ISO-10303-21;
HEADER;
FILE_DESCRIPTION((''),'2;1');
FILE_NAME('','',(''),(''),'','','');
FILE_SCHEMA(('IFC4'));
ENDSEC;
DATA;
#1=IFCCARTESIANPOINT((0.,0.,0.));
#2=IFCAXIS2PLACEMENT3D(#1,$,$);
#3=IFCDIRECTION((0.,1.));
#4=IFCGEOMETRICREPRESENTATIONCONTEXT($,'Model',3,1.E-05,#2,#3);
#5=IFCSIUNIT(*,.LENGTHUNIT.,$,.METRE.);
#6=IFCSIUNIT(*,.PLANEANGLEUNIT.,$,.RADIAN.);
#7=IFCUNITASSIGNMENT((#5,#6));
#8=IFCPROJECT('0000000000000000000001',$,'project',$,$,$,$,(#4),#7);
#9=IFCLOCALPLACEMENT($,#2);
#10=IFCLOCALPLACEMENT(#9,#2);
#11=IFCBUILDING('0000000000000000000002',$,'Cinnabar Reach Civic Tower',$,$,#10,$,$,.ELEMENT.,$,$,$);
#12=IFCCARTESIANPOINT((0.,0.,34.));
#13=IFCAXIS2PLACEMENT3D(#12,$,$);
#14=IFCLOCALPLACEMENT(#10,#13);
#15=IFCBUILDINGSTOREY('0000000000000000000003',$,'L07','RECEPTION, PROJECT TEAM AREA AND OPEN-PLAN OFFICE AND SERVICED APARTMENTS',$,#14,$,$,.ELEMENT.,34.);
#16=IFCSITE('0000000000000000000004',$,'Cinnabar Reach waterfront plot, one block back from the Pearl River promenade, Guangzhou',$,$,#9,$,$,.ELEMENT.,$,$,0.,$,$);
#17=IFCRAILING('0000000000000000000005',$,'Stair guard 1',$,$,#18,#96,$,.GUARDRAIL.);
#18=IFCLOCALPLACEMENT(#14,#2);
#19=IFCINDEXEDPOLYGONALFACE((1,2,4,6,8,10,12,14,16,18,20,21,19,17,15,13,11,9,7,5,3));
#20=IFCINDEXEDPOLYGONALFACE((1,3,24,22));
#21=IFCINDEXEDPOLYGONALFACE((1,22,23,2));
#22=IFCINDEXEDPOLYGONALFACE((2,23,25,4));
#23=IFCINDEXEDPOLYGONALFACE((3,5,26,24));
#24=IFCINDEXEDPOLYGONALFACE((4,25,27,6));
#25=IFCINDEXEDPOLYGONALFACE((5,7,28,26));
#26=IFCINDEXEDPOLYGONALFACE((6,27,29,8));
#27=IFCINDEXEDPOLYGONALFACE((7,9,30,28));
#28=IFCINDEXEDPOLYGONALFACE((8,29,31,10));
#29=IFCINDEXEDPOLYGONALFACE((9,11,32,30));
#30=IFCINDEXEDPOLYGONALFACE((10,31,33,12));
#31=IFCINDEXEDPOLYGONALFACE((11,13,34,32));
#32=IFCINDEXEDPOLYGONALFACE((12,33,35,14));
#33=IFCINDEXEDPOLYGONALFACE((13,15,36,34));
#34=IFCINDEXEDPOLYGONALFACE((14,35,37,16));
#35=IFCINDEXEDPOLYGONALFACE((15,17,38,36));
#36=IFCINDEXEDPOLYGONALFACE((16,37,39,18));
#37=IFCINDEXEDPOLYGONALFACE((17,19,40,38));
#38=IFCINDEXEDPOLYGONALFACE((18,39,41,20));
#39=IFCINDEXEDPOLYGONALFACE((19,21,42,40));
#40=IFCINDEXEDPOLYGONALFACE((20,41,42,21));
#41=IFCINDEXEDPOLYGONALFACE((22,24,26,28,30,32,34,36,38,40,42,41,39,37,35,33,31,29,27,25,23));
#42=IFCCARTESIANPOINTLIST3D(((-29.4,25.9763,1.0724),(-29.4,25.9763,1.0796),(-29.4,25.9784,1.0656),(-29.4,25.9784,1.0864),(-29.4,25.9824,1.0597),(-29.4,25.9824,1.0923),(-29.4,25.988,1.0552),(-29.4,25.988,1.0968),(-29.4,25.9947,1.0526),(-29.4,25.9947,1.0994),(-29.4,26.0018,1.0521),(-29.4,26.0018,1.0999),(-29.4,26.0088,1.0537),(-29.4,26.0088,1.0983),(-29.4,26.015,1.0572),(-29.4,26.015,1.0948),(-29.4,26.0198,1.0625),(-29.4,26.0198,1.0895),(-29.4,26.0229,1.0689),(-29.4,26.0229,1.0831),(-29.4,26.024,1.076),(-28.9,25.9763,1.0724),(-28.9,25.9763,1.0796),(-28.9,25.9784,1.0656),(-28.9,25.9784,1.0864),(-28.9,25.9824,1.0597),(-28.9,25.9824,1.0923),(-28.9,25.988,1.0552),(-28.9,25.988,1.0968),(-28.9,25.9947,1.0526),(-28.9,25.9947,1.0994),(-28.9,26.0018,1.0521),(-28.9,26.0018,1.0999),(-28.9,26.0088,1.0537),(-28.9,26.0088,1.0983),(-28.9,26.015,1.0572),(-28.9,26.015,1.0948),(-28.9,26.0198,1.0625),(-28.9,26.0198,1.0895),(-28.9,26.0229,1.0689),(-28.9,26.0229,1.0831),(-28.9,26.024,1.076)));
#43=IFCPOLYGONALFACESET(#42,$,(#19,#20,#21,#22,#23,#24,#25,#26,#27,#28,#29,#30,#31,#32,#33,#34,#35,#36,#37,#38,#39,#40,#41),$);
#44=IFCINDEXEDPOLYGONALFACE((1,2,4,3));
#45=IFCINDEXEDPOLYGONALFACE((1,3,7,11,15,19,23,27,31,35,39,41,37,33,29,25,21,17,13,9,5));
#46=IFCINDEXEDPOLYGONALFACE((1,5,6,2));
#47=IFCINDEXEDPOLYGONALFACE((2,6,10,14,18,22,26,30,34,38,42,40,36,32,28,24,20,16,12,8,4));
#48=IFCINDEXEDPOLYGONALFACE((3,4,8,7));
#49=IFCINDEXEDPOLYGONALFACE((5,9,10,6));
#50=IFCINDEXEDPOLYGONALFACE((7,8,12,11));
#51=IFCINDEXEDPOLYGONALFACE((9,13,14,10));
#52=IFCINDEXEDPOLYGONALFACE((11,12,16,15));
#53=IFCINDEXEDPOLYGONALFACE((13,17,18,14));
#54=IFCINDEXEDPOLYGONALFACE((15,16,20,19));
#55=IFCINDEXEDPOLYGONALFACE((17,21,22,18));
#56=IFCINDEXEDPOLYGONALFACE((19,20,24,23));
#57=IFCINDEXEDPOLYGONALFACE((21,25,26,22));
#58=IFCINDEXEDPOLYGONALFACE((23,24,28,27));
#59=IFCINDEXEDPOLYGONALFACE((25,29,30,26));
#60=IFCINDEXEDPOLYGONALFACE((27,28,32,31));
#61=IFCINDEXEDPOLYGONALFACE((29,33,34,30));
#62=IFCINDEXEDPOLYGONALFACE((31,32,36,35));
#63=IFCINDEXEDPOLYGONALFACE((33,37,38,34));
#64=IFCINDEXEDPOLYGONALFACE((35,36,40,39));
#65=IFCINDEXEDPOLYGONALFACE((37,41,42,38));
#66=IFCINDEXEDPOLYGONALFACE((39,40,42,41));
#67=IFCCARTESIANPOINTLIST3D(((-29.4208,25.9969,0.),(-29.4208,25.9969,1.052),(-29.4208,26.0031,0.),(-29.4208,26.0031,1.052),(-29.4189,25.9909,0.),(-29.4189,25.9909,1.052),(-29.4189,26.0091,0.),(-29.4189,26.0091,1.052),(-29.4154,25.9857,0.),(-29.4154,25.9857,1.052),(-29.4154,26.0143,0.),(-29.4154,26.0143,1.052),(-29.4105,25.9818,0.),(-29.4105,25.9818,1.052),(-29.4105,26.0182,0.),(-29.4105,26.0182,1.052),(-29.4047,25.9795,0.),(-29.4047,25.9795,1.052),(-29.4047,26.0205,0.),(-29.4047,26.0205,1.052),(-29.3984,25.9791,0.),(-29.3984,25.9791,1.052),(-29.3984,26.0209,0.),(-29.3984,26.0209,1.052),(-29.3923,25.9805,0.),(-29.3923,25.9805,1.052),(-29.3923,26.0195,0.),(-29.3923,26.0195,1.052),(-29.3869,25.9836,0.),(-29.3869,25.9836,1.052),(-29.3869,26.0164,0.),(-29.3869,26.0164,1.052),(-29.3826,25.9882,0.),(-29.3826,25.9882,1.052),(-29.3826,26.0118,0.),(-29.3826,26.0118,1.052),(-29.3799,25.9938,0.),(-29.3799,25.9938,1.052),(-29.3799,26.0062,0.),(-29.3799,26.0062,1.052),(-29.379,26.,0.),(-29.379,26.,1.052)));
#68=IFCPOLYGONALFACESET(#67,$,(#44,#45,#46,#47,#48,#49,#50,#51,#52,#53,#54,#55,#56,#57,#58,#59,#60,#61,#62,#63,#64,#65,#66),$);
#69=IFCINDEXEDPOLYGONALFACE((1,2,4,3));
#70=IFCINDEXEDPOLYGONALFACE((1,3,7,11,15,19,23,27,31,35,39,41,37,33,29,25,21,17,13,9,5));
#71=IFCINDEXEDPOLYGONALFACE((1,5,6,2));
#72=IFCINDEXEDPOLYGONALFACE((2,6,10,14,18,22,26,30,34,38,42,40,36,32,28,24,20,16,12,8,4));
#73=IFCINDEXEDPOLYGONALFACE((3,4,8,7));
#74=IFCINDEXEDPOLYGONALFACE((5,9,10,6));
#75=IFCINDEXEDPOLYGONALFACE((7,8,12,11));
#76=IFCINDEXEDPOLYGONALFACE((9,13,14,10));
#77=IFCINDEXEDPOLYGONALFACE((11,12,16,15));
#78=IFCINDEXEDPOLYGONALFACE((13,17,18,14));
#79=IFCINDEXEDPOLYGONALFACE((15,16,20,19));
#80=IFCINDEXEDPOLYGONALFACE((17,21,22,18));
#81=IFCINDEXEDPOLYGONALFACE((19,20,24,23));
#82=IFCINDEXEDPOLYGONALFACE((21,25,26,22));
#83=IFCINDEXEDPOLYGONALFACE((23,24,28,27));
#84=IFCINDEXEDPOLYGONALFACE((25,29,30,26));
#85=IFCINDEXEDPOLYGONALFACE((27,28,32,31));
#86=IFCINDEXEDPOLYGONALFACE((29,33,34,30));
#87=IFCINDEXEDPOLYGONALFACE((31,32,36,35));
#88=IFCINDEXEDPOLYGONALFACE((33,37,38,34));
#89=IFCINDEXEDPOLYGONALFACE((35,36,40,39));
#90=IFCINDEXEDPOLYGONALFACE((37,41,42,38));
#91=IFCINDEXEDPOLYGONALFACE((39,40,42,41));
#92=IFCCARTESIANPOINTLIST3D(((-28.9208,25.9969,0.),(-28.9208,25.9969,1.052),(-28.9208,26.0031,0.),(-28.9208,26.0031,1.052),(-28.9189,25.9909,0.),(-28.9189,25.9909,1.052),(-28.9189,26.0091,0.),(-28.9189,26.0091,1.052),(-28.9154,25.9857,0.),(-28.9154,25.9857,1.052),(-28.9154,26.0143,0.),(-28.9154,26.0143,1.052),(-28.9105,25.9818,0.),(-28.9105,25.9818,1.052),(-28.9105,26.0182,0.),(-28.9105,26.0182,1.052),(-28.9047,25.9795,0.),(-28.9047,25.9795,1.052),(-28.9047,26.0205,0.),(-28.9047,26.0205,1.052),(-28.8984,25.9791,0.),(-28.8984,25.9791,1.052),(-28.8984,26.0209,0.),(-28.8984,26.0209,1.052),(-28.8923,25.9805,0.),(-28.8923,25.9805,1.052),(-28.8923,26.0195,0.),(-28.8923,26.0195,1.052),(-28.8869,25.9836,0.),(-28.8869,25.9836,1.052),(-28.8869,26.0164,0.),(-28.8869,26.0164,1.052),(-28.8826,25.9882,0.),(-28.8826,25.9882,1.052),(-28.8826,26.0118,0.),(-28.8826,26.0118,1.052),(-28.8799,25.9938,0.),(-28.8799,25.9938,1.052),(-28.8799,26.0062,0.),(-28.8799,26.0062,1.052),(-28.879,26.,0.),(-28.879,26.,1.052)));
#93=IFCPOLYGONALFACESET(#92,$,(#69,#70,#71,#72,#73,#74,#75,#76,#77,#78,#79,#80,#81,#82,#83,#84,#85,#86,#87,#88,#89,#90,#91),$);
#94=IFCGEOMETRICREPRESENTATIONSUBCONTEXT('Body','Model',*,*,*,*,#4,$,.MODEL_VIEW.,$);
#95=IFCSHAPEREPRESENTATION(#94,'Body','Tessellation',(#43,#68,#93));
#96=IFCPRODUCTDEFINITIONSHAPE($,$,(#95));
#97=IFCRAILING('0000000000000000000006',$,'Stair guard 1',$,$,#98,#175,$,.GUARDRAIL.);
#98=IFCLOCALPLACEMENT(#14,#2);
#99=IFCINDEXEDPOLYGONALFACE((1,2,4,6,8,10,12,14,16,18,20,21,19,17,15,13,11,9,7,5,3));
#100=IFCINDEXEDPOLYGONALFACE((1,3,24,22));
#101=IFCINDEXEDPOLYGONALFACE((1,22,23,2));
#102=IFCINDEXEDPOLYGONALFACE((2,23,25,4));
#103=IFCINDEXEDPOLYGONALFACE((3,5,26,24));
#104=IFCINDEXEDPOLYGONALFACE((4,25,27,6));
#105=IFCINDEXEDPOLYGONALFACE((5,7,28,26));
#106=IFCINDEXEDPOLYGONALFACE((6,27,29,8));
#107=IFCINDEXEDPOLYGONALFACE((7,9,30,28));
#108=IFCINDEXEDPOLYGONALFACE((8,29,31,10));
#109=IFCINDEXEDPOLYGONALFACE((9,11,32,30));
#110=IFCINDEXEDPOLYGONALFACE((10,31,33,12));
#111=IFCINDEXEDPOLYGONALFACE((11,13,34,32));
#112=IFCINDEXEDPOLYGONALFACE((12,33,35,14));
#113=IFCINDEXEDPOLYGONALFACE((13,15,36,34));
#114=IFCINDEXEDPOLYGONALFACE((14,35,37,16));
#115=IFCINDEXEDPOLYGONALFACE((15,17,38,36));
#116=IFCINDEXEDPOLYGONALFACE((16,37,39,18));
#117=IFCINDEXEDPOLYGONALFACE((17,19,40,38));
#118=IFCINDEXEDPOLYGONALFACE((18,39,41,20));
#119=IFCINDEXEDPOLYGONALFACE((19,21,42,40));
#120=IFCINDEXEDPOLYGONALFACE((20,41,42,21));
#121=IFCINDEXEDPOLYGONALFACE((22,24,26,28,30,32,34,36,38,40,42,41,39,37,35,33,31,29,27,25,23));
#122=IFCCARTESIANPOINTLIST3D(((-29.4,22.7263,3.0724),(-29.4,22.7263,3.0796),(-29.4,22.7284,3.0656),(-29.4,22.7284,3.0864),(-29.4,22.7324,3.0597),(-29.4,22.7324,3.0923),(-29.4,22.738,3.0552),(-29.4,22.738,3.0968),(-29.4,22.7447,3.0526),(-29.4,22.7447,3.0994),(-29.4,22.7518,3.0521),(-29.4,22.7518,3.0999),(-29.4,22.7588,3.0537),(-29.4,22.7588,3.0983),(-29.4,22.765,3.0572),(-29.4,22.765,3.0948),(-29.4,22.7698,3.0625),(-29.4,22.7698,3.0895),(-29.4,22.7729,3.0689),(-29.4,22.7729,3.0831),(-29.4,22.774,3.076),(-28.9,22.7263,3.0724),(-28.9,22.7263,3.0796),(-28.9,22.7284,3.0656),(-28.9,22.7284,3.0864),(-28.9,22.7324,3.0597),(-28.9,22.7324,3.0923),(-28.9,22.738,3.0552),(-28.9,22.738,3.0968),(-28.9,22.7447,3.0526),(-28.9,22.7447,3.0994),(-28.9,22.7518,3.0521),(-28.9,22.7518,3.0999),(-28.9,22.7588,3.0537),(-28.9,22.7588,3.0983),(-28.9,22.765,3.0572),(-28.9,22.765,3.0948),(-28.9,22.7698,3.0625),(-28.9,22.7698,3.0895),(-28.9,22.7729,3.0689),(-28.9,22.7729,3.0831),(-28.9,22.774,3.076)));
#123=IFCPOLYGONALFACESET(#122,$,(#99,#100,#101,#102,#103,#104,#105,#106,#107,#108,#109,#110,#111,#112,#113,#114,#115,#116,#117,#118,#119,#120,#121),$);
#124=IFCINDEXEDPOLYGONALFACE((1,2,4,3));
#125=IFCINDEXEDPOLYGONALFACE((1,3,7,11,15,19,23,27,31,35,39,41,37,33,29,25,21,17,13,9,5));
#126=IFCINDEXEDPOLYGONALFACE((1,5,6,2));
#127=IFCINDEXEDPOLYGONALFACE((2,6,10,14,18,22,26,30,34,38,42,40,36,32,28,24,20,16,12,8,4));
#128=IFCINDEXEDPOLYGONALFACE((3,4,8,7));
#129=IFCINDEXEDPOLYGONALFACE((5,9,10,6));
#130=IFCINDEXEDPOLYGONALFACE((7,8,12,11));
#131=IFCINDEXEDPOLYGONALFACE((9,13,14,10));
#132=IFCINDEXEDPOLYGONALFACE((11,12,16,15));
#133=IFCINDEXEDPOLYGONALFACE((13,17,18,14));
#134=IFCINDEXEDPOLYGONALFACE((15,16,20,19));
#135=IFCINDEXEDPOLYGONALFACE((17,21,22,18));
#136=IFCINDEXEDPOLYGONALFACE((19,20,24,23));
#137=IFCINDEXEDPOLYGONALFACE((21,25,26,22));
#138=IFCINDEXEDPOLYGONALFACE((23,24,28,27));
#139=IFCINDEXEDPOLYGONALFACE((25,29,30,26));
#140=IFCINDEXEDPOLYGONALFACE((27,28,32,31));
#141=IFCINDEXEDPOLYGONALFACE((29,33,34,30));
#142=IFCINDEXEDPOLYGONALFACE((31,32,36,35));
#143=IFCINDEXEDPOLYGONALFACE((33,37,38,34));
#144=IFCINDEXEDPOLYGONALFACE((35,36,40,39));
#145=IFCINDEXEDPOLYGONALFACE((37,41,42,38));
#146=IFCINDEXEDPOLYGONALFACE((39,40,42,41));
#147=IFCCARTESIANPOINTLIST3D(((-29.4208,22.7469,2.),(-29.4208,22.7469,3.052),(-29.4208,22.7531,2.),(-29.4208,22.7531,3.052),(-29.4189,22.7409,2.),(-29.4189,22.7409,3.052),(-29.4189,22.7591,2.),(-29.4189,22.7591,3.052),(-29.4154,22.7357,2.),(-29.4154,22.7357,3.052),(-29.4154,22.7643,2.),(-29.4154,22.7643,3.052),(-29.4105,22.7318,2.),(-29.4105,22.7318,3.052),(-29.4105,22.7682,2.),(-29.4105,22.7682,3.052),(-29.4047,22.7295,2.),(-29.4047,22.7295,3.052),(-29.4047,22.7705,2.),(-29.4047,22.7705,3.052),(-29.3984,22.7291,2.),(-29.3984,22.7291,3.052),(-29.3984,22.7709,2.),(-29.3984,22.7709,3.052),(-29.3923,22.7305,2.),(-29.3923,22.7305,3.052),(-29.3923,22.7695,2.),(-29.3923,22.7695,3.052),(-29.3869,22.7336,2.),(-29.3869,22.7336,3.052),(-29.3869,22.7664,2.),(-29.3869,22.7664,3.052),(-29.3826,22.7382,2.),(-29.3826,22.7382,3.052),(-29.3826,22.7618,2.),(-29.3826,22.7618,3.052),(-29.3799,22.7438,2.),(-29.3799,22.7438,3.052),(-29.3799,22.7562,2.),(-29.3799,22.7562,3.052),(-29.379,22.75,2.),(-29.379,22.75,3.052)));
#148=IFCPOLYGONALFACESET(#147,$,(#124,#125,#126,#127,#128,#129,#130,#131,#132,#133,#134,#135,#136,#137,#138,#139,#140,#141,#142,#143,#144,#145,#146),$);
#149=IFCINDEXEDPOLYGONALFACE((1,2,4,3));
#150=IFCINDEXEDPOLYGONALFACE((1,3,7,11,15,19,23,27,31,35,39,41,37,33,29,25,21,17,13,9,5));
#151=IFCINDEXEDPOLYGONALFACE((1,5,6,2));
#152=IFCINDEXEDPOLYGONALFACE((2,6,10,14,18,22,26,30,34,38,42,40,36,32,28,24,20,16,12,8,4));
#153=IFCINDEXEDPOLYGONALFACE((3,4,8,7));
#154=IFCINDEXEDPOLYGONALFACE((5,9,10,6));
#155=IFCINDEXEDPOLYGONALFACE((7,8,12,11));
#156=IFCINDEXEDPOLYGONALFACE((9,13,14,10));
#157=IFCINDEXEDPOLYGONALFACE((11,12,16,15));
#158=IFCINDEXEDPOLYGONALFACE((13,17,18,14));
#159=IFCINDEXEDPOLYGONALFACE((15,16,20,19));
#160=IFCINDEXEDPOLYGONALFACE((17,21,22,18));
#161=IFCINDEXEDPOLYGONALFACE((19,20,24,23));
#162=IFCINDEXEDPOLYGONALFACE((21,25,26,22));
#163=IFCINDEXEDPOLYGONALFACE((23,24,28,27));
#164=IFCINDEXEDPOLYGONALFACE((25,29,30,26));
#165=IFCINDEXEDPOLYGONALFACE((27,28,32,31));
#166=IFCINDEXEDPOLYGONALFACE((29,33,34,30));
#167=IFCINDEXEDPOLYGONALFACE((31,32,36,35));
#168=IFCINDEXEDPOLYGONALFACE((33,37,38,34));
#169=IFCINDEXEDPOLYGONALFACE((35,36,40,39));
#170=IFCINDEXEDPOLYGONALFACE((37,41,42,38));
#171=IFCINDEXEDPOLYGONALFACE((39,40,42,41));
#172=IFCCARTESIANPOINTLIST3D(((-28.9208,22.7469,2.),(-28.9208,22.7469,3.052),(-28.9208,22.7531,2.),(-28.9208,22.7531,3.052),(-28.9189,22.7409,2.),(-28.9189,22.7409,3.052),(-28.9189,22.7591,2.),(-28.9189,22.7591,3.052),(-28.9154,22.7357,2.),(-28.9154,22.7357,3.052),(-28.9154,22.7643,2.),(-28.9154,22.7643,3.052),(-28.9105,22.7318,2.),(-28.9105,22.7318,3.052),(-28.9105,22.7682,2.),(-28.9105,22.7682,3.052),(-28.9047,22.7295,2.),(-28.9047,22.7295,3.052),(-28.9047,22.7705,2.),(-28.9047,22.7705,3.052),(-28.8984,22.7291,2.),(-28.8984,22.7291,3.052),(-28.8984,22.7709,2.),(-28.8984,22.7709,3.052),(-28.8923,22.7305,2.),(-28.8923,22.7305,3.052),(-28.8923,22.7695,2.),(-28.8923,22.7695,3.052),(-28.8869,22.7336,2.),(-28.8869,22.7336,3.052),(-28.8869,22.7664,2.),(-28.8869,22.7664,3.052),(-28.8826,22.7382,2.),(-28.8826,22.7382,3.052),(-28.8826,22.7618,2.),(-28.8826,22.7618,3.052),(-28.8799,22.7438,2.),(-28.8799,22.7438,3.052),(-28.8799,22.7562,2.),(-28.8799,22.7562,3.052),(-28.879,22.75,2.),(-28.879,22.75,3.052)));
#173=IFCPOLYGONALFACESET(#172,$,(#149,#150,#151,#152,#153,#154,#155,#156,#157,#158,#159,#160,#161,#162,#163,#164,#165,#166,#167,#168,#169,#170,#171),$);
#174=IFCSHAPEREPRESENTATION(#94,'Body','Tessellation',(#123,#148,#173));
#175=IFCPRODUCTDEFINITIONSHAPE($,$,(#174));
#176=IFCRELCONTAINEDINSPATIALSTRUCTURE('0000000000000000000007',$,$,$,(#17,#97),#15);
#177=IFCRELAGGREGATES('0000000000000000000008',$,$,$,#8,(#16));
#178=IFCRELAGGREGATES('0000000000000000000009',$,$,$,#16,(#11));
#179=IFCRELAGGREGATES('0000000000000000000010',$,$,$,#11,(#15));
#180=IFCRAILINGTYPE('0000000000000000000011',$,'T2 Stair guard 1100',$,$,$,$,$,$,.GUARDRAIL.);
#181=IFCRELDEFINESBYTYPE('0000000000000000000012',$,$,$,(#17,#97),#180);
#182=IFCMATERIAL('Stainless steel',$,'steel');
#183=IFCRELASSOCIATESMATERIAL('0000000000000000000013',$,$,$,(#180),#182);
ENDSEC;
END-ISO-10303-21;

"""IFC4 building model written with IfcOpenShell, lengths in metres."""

from ifc_helpers import new_model, si_unit, direction, frame, origin, origin_2d, place, context, subcontext, project, spatial, circle, extrude, material, type_object, element, save


model = new_model("IFC4")

# Units and contexts
model_context = context("Model", 3, precision=1e-05, world=origin(), true_north=direction((0.0, 1.0)))
body_context = subcontext(model_context, "Body", "Model", "MODEL_VIEW")
ifc_project = project(units=[si_unit("LENGTHUNIT", "METRE"), si_unit("PLANEANGLEUNIT", "RADIAN")], contexts=[model_context])

# Site, building, storey
site_placement = place(None, origin())
site = spatial("IfcSite", under=ifc_project, at=site_placement, Name="Cinnabar Reach waterfront plot, one block back from the Pearl River promenade, Guangzhou", CompositionType="ELEMENT", RefElevation=0.0)
building_placement = place(site_placement, origin())
building = spatial("IfcBuilding", under=site, at=building_placement, Name="Cinnabar Reach Civic Tower", CompositionType="ELEMENT")
storey_placement = place(building_placement, frame((0.0, 0.0, 34.0)))
storey = spatial("IfcBuildingStorey", under=building, at=storey_placement, Name="L07", Description="RECEPTION, PROJECT TEAM AREA AND OPEN-PLAN OFFICE AND SERVICED APARTMENTS", CompositionType="ELEMENT", Elevation=34.0)

# Railings
ifc_material_1 = material(Name="Stainless steel", Category="steel")
railing_type = type_object("IfcRailingType", Name="T2 Stair guard 1100", PredefinedType="GUARDRAIL", material=ifc_material_1)
for number, where, name in (
    (1, (-29.4, 26.0, 0.0), "Stair guard 1"),
    (2, (-29.4, 22.75, 2.0), "Stair guard 1"),
):
    element("IfcRailing", number, at=place(storey_placement, frame(where)), inside=storey, type_object=railing_type, Name=name, PredefinedType="GUARDRAIL", context=body_context, shape_type="SweptSolid", body=[
        extrude(circle(Radius=0.024, at=origin_2d()), frame((0.0, 0.0, 1.076), z_axis=(1.0, 0.0, 0.0), x_axis=(0.0, 1.0, 0.0)), (0.0, 0.0, 1.0), 0.5),
        extrude(circle(Radius=0.021, at=origin_2d()), origin(), (0.0, 0.0, 1.0), 1.052),
        extrude(circle(Radius=0.021, at=origin_2d()), frame((0.5, 0.0, 0.0)), (0.0, 0.0, 1.0), 1.052),
    ])

save(model, "model.ifc")
